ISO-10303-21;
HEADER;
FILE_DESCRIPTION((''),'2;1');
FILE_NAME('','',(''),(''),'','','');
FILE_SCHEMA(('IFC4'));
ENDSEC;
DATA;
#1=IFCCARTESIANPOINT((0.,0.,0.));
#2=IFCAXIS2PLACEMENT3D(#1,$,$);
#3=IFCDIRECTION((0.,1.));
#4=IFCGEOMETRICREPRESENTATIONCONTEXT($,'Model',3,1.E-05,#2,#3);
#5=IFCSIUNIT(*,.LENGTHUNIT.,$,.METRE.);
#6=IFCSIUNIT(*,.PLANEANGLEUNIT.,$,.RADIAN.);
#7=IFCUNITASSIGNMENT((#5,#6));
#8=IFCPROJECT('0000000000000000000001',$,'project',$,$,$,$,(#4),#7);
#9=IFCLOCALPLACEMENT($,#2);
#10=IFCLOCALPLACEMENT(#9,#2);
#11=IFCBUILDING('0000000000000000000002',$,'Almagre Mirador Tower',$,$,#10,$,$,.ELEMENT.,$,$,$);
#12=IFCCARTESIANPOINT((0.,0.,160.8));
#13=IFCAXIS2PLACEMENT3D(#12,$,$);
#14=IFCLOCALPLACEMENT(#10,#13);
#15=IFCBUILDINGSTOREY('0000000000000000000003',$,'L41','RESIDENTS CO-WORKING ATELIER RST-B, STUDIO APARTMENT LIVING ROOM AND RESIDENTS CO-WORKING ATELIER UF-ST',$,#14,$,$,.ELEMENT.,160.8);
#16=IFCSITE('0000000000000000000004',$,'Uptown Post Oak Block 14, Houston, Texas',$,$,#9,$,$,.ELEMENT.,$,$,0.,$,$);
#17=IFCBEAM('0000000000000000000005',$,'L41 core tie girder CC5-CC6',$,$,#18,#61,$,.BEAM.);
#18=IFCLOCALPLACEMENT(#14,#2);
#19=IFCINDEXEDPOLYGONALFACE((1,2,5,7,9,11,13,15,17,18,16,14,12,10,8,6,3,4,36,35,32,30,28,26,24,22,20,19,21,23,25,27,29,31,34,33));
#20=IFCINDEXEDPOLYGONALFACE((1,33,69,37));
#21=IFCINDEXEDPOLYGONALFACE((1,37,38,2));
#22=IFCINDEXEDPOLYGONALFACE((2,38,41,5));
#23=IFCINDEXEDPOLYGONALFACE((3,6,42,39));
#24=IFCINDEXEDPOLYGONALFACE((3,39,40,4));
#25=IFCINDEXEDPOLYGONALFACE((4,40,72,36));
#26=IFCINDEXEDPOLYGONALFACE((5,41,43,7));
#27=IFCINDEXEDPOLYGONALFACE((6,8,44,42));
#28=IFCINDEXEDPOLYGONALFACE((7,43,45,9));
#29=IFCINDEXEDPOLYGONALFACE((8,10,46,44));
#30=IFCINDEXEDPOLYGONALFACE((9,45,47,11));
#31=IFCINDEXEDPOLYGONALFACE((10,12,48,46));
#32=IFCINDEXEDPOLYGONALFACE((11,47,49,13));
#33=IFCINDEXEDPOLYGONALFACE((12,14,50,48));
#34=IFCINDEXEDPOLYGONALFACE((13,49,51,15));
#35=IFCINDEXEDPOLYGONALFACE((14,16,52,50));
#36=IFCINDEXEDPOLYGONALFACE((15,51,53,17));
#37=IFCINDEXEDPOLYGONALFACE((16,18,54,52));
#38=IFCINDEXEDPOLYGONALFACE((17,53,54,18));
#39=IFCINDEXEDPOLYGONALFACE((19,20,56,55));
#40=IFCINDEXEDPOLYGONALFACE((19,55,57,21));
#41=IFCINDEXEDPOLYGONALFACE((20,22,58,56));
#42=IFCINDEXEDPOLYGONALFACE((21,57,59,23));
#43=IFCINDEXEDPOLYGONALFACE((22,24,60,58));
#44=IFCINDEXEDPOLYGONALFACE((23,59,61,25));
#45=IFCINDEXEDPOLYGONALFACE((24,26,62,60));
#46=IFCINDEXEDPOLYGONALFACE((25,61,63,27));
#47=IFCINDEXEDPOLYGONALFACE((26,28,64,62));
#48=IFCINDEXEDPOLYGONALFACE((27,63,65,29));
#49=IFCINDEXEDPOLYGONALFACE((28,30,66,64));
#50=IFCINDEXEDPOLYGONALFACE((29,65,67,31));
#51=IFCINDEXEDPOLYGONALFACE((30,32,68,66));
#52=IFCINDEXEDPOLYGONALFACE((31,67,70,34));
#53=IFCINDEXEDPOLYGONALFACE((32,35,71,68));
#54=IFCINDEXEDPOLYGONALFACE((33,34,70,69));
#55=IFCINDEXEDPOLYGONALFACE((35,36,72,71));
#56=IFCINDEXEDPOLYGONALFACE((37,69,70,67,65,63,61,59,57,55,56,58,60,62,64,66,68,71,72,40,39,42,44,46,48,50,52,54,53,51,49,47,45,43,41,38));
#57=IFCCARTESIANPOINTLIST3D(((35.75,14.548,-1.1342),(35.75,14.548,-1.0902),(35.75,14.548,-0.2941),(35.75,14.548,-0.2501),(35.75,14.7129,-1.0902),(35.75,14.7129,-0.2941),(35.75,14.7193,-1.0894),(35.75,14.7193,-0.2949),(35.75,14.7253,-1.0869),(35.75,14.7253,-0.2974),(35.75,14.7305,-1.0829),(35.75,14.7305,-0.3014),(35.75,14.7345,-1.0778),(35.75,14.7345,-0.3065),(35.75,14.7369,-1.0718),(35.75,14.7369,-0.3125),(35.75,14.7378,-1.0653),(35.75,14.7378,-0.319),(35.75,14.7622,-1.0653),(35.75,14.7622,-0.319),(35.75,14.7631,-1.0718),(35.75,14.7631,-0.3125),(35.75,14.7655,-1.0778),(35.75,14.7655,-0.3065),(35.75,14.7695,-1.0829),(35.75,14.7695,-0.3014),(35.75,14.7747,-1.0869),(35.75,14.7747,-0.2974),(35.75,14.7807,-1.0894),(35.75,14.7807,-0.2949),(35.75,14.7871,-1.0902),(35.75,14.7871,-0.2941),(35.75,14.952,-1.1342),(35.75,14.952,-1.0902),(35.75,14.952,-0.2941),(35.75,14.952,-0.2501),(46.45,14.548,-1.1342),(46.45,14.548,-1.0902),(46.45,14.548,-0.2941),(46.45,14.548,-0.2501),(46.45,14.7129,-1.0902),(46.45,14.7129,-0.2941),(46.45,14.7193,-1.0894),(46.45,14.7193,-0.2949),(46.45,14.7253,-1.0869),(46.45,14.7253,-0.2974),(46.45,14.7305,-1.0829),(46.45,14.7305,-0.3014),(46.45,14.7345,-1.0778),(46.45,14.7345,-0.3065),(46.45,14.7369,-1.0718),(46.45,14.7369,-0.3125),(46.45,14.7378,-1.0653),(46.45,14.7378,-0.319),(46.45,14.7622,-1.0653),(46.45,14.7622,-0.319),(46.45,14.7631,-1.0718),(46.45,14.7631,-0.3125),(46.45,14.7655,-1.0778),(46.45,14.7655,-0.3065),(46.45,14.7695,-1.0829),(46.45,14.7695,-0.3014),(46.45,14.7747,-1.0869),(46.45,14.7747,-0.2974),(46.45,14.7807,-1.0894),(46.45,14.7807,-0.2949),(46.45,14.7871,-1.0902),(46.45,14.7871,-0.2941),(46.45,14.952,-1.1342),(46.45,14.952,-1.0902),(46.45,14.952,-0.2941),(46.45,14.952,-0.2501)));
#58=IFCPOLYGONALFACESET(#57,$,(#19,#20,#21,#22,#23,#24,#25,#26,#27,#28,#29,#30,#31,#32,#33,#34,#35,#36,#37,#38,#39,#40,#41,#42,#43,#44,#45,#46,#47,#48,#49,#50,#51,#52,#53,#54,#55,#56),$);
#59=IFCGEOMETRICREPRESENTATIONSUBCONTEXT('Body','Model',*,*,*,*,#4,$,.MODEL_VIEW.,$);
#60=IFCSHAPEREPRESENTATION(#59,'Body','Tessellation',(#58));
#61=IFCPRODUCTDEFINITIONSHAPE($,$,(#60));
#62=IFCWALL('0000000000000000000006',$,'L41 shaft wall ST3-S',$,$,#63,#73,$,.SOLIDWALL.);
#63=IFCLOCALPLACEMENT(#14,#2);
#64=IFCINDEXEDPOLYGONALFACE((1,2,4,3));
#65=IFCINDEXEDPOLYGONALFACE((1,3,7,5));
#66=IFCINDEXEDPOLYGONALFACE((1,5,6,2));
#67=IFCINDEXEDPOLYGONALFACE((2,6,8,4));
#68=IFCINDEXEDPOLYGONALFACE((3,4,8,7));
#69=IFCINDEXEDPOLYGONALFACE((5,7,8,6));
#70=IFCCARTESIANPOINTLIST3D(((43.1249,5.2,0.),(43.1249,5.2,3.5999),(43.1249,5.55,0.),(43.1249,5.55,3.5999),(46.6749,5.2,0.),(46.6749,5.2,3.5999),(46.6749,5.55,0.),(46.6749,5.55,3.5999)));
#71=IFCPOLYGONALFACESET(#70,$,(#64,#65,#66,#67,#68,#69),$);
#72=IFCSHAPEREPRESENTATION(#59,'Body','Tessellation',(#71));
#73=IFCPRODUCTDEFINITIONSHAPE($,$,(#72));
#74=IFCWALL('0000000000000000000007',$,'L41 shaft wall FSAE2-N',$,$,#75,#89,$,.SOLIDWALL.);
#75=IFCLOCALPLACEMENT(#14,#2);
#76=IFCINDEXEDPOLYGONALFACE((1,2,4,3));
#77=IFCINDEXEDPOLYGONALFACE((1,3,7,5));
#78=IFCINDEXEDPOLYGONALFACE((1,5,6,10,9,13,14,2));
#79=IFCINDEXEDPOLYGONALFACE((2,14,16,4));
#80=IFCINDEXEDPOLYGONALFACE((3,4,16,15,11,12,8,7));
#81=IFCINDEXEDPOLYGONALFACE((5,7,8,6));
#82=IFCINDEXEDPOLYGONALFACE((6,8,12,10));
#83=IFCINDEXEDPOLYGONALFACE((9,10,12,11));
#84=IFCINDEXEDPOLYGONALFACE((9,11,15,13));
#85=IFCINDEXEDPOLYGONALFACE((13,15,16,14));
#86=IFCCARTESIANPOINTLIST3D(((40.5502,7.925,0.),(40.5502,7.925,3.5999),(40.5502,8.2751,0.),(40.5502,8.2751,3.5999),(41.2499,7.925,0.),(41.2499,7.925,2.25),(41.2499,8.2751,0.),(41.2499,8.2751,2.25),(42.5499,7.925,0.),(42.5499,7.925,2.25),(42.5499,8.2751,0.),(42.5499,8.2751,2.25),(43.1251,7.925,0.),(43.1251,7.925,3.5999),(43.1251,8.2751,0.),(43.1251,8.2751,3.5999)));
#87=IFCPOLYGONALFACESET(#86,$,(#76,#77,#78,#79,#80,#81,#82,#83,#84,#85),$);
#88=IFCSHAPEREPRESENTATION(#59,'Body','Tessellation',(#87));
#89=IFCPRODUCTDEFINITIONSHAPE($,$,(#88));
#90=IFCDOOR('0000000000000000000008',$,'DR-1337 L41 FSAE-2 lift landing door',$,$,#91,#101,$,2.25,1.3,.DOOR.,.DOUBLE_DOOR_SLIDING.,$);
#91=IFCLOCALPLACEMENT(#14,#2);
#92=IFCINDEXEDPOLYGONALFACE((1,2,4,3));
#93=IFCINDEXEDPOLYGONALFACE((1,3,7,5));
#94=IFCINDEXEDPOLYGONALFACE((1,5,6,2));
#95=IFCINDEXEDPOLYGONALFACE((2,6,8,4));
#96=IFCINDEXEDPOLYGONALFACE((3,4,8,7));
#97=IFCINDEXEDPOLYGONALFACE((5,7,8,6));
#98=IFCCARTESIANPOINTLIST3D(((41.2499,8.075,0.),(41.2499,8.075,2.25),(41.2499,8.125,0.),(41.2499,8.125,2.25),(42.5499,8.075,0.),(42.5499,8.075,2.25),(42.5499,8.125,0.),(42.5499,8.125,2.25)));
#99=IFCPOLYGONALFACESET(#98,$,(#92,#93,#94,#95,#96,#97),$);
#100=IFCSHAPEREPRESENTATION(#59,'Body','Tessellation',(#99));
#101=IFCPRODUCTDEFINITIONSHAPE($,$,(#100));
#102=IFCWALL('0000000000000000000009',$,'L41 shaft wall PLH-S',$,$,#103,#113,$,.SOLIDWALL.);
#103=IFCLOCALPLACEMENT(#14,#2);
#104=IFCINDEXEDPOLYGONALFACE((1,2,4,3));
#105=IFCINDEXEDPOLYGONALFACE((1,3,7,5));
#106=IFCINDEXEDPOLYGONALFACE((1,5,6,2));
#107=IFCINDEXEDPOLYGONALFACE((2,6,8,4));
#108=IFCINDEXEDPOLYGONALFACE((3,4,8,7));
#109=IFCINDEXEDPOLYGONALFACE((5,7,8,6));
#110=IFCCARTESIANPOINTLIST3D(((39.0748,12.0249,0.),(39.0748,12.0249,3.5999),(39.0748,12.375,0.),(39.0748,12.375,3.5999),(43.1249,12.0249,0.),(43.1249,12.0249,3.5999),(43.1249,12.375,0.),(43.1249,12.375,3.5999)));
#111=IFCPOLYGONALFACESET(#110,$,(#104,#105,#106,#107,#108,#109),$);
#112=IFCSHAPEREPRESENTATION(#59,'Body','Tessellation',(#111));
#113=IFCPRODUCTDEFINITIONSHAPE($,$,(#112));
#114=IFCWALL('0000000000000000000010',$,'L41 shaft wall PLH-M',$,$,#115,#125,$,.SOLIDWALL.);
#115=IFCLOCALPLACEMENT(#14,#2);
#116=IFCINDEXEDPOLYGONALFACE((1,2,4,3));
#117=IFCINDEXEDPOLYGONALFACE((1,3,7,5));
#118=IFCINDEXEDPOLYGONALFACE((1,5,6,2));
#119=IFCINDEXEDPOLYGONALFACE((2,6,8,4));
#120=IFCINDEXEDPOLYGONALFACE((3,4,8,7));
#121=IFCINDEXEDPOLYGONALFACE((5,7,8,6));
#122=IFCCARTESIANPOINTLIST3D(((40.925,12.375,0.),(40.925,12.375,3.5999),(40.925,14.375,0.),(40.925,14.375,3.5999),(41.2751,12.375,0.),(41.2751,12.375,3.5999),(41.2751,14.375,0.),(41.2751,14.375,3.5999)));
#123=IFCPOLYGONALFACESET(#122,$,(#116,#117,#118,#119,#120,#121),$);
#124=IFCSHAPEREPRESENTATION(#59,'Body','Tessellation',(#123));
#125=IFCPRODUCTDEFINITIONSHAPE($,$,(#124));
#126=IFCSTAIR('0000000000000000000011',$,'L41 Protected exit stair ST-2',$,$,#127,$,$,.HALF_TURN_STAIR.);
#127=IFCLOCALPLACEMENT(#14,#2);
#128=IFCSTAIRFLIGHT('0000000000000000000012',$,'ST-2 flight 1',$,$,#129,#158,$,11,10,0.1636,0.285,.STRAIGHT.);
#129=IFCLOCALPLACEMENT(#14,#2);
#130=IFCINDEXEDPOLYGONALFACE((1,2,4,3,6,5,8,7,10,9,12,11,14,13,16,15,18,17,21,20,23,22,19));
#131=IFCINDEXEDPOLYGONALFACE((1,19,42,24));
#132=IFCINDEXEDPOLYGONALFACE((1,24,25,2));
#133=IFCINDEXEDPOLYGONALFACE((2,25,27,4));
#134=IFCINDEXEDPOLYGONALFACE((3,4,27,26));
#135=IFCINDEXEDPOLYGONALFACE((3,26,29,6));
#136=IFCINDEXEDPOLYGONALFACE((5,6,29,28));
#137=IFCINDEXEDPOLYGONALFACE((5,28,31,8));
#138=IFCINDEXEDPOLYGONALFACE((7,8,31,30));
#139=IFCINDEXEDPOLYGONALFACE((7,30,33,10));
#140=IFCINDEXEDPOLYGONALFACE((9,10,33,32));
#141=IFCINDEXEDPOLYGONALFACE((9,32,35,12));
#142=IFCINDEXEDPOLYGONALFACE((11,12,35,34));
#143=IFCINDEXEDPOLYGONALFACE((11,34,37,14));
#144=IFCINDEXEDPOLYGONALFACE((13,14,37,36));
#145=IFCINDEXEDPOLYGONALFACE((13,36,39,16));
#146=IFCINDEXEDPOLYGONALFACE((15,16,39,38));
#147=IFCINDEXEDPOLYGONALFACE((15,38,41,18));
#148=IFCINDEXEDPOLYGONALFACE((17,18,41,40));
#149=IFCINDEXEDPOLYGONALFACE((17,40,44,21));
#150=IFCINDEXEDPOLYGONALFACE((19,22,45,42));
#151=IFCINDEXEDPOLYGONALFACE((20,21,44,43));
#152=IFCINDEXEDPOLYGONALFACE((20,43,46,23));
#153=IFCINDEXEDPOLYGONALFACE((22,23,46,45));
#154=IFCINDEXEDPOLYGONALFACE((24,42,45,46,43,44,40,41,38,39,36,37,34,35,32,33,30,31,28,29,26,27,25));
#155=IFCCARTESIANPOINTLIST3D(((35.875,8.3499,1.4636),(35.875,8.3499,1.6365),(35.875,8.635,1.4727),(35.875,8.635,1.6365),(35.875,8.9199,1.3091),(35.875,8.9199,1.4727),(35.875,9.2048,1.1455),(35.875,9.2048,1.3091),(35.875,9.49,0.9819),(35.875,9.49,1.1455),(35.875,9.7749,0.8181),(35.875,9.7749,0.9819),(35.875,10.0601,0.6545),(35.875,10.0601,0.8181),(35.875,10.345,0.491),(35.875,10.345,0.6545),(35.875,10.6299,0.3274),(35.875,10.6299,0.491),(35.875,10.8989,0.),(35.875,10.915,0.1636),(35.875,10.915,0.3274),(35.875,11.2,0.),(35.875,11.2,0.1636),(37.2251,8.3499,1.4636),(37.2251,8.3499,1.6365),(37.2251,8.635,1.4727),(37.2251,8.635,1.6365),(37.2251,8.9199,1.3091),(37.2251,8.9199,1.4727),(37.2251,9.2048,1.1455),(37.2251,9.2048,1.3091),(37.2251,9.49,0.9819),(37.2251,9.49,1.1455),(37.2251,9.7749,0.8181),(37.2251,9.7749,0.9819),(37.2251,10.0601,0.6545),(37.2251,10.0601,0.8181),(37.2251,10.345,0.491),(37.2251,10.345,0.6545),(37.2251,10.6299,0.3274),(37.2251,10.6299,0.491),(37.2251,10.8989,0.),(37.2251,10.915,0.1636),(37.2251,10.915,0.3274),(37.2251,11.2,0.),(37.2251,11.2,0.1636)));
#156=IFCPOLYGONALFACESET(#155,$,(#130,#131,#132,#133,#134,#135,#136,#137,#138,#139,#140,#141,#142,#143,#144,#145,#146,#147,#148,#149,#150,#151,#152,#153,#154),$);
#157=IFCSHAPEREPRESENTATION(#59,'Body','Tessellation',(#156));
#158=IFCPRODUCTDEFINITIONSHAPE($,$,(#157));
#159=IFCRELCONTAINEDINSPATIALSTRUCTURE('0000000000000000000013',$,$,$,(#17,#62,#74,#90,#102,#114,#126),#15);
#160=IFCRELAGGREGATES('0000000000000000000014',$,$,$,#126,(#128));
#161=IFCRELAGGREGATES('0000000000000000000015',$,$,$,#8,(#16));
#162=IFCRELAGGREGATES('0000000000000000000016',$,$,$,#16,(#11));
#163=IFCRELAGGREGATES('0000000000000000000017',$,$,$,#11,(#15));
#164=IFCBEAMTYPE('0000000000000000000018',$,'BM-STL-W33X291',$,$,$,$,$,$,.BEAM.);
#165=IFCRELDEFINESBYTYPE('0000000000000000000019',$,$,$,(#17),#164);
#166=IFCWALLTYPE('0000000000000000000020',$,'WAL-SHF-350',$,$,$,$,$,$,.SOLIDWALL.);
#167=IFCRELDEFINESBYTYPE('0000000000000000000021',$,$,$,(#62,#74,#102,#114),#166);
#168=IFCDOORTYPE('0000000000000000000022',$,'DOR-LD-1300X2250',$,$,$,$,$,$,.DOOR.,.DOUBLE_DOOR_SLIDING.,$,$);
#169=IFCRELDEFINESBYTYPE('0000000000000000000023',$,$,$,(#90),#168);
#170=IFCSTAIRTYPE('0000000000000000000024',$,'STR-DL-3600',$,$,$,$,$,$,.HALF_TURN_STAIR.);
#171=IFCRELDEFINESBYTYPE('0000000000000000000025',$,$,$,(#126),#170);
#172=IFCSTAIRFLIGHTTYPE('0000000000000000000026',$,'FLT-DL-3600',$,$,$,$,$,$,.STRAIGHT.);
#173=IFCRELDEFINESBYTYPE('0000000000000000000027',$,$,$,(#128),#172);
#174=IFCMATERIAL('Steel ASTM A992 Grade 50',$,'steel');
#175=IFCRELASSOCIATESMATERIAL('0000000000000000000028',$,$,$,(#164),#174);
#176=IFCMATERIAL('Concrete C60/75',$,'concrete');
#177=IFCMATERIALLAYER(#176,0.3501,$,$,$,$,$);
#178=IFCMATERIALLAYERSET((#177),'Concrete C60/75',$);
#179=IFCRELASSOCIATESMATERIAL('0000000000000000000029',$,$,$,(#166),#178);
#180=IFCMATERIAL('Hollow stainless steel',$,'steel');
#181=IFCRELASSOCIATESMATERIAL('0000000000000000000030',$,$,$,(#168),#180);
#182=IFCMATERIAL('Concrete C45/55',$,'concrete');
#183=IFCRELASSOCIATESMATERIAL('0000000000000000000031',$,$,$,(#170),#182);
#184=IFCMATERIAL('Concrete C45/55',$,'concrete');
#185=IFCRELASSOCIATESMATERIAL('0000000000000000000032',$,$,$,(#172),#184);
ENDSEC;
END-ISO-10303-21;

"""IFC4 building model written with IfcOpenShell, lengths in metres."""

from ifc_helpers import new_model, si_unit, direction, frame, frame_2d, origin, origin_2d, place, context, subcontext, project, spatial, polyline, rectangle, i_section, outline, extrude, material, layer, layer_set, material_profile, profile_set, type_object, element, fill, aggregate, save


model = new_model("IFC4")

# Units and contexts
model_context = context("Model", 3, precision=1e-05, world=origin(), true_north=direction((0.0, 1.0)))
body_context = subcontext(model_context, "Body", "Model", "MODEL_VIEW")
ifc_project = project(units=[si_unit("LENGTHUNIT", "METRE"), si_unit("PLANEANGLEUNIT", "RADIAN")], contexts=[model_context])

# Site, building, storey
site_placement = place(None, origin())
site = spatial("IfcSite", under=ifc_project, at=site_placement, Name="Uptown Post Oak Block 14, Houston, Texas", CompositionType="ELEMENT", RefElevation=0.0)
building_placement = place(site_placement, origin())
building = spatial("IfcBuilding", under=site, at=building_placement, Name="Almagre Mirador Tower", CompositionType="ELEMENT")
storey_placement = place(building_placement, frame((0.0, 0.0, 160.8)))
storey = spatial("IfcBuildingStorey", under=building, at=storey_placement, Name="L41", Description="RESIDENTS CO-WORKING ATELIER RST-B, STUDIO APARTMENT LIVING ROOM AND RESIDENTS CO-WORKING ATELIER UF-ST", CompositionType="ELEMENT", Elevation=160.8)

# Beam
ifc_material_1 = material(Name="Steel ASTM A992 Grade 50", Category="steel")
ifc_material_profile = material_profile(ifc_material_1, i_section(OverallWidth=0.4041, OverallDepth=0.884, WebThickness=0.0244, FlangeThickness=0.0439, FilletRadius=0.0249, at=origin_2d()), Name="W33X291")
ifc_profile_set = profile_set([ifc_material_profile], Name="Steel ASTM A992 Grade 50")
beam_type = type_object("IfcBeamType", Name="BM-STL-W33X291", PredefinedType="BEAM", material=ifc_profile_set)
beam_placement = place(storey_placement, frame((35.75, 14.75, -0.6921), z_axis=(1.0, 0.0, 0.0), x_axis=(0.0, 1.0, 0.0)))
element("IfcBeam", 1, at=beam_placement, inside=storey, type_object=beam_type, Name="L41 core tie girder CC5-CC6", PredefinedType="BEAM", context=body_context, shape_type="SweptSolid", body=[
    extrude(i_section(OverallWidth=0.4041, OverallDepth=0.884, WebThickness=0.0244, FlangeThickness=0.0439, FilletRadius=0.0249, at=origin_2d()), origin(), (0.0, 0.0, 1.0), 10.7),
])

# Wall
ifc_material_2 = material(Name="Concrete C60/75", Category="concrete")
ifc_layer_1 = layer(ifc_material_2, 0.3501)
ifc_layer_set_1 = layer_set([ifc_layer_1], Name="Concrete C60/75")
wall_type_1 = type_object("IfcWallType", Name="WAL-SHF-350", PredefinedType="SOLIDWALL", material=ifc_layer_set_1)
wall_1_placement = place(storey_placement, frame((43.125, 5.375, 0.0), z_axis=(0.0, 0.0, 1.0), x_axis=(1.0, 0.0, 0.0)))
element("IfcWall", 2, at=wall_1_placement, inside=storey, type_object=wall_type_1, Name="L41 shaft wall ST3-S", PredefinedType="SOLIDWALL", context=body_context, shape_type="SweptSolid", body=[
    extrude(rectangle(XDim=3.55, YDim=0.3501, at=frame_2d((1.7749, 0.0))), origin(), (0.0, 0.0, 1.0), 3.5999),
])

# Wall, opening, door
wall_2_placement = place(storey_placement, frame((40.55, 8.1001, 0.0), z_axis=(0.0, 0.0, 1.0), x_axis=(1.0, 0.0, 0.0)))
wall_2 = element("IfcWall", 3, at=wall_2_placement, inside=storey, type_object=wall_type_1, Name="L41 shaft wall FSAE2-N", PredefinedType="SOLIDWALL", context=body_context, shape_type="SweptSolid", body=[
    extrude(rectangle(XDim=2.575, YDim=0.3501, at=frame_2d((1.2876, 0.0))), origin(), (0.0, 0.0, 1.0), 3.5999),
])
opening_1_placement = place(wall_2_placement, frame((0.7, 0.0, 0.0)))
opening_1 = element("IfcOpeningElement", 4, at=opening_1_placement, cuts=wall_2, PredefinedType="OPENING", context=body_context, shape_type="SweptSolid", body=[
    extrude(rectangle(XDim=1.3, YDim=2.25, at=frame_2d((0.6499, 1.125))), frame((0.0, 0.185, 0.0), z_axis=(0.0, -1.0, 0.0), x_axis=(1.0, 0.0, 0.0)), (0.0, 0.0, 1.0), 0.3701),
])
ifc_material_3 = material(Name="Hollow stainless steel", Category="steel")
door_type_1 = type_object("IfcDoorType", Name="DOR-LD-1300X2250", OperationType="DOUBLE_DOOR_SLIDING", PredefinedType="DOOR", material=ifc_material_3)
door_1_placement = place(opening_1_placement, origin())
door_1 = element("IfcDoor", 5, at=door_1_placement, inside=storey, type_object=door_type_1, Name="DR-1337 L41 FSAE-2 lift landing door", OperationType="DOUBLE_DOOR_SLIDING", OverallHeight=2.25, OverallWidth=1.3, PredefinedType="DOOR", context=body_context, shape_type="SweptSolid", body=[
    extrude(rectangle(XDim=1.3, YDim=2.25, at=frame_2d((0.6499, 1.125))), frame((0.0, 0.0249, 0.0), z_axis=(0.0, -1.0, 0.0), x_axis=(1.0, 0.0, 0.0)), (0.0, 0.0, 1.0), 0.05),
])
fill(opening_1, door_1)

# Walls
wall_3_placement = place(storey_placement, frame((39.075, 12.2, 0.0), z_axis=(0.0, 0.0, 1.0), x_axis=(1.0, 0.0, 0.0)))
element("IfcWall", 6, at=wall_3_placement, inside=storey, type_object=wall_type_1, Name="L41 shaft wall PLH-S", PredefinedType="SOLIDWALL", context=body_context, shape_type="SweptSolid", body=[
    extrude(rectangle(XDim=4.05, YDim=0.3501, at=frame_2d((2.0249, 0.0))), origin(), (0.0, 0.0, 1.0), 3.5999),
])
wall_4_placement = place(storey_placement, frame((41.1001, 12.375, 0.0), z_axis=(0.0, 0.0, 1.0), x_axis=(0.0, 1.0, 0.0)))
element("IfcWall", 7, at=wall_4_placement, inside=storey, type_object=wall_type_1, Name="L41 shaft wall PLH-M", PredefinedType="SOLIDWALL", context=body_context, shape_type="SweptSolid", body=[
    extrude(rectangle(XDim=2.0, YDim=0.3501, at=frame_2d((1.0, 0.0))), origin(), (0.0, 0.0, 1.0), 3.5999),
])

# Stair, stair flight
ifc_material_4 = material(Name="Concrete C45/55", Category="concrete")
stair_type = type_object("IfcStairType", Name="STR-DL-3600", PredefinedType="HALF_TURN_STAIR", material=ifc_material_4)
stair_1_placement = place(storey_placement, origin())
stair_1 = element("IfcStair", 8, at=stair_1_placement, inside=storey, type_object=stair_type, Name="L41 Protected exit stair ST-2", PredefinedType="HALF_TURN_STAIR")
ifc_material_5 = material(Name="Concrete C45/55", Category="concrete")
stair_flight_type = type_object("IfcStairFlightType", Name="FLT-DL-3600", PredefinedType="STRAIGHT", material=ifc_material_5)
stair_flight_1_placement = place(storey_placement, frame((36.55, 11.2, 0.0), z_axis=(0.0, 0.0, 1.0), x_axis=(0.0, -1.0, 0.0)))
stair_flight_1 = element("IfcStairFlight", 9, at=stair_flight_1_placement, type_object=stair_flight_type, Name="ST-2 flight 1", NumberOfRisers=11, NumberOfTreads=10, PredefinedType="STRAIGHT", RiserHeight=0.1636, TreadLength=0.285, context=body_context, shape_type="SweptSolid", body=[
    extrude(outline(polyline([(0.0, 0.0), (0.0, 0.1636), (0.2849, 0.1636), (0.2849, 0.3274), (0.5701, 0.3274), (0.5701, 0.491), (0.855, 0.491), (0.855, 0.6545), (1.1399, 0.6545), (1.1399, 0.8181), (1.425, 0.8181), (1.425, 0.9819), (1.71, 0.9819), (1.71, 1.1455), (1.9951, 1.1455), (1.9951, 1.3091), (2.28, 1.3091), (2.28, 1.4727), (2.5649, 1.4727), (2.5649, 1.6365), (2.8501, 1.6365), (2.8501, 1.8), (2.8501, 1.4636), (0.301, 0.0), (0.0, 0.0)])), frame((0.0, 0.675, 0.0), z_axis=(0.0, -1.0, 0.0), x_axis=(1.0, 0.0, 0.0)), (0.0, 0.0, 1.0), 1.3501),
])
aggregate(stair_1, [stair_flight_1])

save(model, "model.ifc")
